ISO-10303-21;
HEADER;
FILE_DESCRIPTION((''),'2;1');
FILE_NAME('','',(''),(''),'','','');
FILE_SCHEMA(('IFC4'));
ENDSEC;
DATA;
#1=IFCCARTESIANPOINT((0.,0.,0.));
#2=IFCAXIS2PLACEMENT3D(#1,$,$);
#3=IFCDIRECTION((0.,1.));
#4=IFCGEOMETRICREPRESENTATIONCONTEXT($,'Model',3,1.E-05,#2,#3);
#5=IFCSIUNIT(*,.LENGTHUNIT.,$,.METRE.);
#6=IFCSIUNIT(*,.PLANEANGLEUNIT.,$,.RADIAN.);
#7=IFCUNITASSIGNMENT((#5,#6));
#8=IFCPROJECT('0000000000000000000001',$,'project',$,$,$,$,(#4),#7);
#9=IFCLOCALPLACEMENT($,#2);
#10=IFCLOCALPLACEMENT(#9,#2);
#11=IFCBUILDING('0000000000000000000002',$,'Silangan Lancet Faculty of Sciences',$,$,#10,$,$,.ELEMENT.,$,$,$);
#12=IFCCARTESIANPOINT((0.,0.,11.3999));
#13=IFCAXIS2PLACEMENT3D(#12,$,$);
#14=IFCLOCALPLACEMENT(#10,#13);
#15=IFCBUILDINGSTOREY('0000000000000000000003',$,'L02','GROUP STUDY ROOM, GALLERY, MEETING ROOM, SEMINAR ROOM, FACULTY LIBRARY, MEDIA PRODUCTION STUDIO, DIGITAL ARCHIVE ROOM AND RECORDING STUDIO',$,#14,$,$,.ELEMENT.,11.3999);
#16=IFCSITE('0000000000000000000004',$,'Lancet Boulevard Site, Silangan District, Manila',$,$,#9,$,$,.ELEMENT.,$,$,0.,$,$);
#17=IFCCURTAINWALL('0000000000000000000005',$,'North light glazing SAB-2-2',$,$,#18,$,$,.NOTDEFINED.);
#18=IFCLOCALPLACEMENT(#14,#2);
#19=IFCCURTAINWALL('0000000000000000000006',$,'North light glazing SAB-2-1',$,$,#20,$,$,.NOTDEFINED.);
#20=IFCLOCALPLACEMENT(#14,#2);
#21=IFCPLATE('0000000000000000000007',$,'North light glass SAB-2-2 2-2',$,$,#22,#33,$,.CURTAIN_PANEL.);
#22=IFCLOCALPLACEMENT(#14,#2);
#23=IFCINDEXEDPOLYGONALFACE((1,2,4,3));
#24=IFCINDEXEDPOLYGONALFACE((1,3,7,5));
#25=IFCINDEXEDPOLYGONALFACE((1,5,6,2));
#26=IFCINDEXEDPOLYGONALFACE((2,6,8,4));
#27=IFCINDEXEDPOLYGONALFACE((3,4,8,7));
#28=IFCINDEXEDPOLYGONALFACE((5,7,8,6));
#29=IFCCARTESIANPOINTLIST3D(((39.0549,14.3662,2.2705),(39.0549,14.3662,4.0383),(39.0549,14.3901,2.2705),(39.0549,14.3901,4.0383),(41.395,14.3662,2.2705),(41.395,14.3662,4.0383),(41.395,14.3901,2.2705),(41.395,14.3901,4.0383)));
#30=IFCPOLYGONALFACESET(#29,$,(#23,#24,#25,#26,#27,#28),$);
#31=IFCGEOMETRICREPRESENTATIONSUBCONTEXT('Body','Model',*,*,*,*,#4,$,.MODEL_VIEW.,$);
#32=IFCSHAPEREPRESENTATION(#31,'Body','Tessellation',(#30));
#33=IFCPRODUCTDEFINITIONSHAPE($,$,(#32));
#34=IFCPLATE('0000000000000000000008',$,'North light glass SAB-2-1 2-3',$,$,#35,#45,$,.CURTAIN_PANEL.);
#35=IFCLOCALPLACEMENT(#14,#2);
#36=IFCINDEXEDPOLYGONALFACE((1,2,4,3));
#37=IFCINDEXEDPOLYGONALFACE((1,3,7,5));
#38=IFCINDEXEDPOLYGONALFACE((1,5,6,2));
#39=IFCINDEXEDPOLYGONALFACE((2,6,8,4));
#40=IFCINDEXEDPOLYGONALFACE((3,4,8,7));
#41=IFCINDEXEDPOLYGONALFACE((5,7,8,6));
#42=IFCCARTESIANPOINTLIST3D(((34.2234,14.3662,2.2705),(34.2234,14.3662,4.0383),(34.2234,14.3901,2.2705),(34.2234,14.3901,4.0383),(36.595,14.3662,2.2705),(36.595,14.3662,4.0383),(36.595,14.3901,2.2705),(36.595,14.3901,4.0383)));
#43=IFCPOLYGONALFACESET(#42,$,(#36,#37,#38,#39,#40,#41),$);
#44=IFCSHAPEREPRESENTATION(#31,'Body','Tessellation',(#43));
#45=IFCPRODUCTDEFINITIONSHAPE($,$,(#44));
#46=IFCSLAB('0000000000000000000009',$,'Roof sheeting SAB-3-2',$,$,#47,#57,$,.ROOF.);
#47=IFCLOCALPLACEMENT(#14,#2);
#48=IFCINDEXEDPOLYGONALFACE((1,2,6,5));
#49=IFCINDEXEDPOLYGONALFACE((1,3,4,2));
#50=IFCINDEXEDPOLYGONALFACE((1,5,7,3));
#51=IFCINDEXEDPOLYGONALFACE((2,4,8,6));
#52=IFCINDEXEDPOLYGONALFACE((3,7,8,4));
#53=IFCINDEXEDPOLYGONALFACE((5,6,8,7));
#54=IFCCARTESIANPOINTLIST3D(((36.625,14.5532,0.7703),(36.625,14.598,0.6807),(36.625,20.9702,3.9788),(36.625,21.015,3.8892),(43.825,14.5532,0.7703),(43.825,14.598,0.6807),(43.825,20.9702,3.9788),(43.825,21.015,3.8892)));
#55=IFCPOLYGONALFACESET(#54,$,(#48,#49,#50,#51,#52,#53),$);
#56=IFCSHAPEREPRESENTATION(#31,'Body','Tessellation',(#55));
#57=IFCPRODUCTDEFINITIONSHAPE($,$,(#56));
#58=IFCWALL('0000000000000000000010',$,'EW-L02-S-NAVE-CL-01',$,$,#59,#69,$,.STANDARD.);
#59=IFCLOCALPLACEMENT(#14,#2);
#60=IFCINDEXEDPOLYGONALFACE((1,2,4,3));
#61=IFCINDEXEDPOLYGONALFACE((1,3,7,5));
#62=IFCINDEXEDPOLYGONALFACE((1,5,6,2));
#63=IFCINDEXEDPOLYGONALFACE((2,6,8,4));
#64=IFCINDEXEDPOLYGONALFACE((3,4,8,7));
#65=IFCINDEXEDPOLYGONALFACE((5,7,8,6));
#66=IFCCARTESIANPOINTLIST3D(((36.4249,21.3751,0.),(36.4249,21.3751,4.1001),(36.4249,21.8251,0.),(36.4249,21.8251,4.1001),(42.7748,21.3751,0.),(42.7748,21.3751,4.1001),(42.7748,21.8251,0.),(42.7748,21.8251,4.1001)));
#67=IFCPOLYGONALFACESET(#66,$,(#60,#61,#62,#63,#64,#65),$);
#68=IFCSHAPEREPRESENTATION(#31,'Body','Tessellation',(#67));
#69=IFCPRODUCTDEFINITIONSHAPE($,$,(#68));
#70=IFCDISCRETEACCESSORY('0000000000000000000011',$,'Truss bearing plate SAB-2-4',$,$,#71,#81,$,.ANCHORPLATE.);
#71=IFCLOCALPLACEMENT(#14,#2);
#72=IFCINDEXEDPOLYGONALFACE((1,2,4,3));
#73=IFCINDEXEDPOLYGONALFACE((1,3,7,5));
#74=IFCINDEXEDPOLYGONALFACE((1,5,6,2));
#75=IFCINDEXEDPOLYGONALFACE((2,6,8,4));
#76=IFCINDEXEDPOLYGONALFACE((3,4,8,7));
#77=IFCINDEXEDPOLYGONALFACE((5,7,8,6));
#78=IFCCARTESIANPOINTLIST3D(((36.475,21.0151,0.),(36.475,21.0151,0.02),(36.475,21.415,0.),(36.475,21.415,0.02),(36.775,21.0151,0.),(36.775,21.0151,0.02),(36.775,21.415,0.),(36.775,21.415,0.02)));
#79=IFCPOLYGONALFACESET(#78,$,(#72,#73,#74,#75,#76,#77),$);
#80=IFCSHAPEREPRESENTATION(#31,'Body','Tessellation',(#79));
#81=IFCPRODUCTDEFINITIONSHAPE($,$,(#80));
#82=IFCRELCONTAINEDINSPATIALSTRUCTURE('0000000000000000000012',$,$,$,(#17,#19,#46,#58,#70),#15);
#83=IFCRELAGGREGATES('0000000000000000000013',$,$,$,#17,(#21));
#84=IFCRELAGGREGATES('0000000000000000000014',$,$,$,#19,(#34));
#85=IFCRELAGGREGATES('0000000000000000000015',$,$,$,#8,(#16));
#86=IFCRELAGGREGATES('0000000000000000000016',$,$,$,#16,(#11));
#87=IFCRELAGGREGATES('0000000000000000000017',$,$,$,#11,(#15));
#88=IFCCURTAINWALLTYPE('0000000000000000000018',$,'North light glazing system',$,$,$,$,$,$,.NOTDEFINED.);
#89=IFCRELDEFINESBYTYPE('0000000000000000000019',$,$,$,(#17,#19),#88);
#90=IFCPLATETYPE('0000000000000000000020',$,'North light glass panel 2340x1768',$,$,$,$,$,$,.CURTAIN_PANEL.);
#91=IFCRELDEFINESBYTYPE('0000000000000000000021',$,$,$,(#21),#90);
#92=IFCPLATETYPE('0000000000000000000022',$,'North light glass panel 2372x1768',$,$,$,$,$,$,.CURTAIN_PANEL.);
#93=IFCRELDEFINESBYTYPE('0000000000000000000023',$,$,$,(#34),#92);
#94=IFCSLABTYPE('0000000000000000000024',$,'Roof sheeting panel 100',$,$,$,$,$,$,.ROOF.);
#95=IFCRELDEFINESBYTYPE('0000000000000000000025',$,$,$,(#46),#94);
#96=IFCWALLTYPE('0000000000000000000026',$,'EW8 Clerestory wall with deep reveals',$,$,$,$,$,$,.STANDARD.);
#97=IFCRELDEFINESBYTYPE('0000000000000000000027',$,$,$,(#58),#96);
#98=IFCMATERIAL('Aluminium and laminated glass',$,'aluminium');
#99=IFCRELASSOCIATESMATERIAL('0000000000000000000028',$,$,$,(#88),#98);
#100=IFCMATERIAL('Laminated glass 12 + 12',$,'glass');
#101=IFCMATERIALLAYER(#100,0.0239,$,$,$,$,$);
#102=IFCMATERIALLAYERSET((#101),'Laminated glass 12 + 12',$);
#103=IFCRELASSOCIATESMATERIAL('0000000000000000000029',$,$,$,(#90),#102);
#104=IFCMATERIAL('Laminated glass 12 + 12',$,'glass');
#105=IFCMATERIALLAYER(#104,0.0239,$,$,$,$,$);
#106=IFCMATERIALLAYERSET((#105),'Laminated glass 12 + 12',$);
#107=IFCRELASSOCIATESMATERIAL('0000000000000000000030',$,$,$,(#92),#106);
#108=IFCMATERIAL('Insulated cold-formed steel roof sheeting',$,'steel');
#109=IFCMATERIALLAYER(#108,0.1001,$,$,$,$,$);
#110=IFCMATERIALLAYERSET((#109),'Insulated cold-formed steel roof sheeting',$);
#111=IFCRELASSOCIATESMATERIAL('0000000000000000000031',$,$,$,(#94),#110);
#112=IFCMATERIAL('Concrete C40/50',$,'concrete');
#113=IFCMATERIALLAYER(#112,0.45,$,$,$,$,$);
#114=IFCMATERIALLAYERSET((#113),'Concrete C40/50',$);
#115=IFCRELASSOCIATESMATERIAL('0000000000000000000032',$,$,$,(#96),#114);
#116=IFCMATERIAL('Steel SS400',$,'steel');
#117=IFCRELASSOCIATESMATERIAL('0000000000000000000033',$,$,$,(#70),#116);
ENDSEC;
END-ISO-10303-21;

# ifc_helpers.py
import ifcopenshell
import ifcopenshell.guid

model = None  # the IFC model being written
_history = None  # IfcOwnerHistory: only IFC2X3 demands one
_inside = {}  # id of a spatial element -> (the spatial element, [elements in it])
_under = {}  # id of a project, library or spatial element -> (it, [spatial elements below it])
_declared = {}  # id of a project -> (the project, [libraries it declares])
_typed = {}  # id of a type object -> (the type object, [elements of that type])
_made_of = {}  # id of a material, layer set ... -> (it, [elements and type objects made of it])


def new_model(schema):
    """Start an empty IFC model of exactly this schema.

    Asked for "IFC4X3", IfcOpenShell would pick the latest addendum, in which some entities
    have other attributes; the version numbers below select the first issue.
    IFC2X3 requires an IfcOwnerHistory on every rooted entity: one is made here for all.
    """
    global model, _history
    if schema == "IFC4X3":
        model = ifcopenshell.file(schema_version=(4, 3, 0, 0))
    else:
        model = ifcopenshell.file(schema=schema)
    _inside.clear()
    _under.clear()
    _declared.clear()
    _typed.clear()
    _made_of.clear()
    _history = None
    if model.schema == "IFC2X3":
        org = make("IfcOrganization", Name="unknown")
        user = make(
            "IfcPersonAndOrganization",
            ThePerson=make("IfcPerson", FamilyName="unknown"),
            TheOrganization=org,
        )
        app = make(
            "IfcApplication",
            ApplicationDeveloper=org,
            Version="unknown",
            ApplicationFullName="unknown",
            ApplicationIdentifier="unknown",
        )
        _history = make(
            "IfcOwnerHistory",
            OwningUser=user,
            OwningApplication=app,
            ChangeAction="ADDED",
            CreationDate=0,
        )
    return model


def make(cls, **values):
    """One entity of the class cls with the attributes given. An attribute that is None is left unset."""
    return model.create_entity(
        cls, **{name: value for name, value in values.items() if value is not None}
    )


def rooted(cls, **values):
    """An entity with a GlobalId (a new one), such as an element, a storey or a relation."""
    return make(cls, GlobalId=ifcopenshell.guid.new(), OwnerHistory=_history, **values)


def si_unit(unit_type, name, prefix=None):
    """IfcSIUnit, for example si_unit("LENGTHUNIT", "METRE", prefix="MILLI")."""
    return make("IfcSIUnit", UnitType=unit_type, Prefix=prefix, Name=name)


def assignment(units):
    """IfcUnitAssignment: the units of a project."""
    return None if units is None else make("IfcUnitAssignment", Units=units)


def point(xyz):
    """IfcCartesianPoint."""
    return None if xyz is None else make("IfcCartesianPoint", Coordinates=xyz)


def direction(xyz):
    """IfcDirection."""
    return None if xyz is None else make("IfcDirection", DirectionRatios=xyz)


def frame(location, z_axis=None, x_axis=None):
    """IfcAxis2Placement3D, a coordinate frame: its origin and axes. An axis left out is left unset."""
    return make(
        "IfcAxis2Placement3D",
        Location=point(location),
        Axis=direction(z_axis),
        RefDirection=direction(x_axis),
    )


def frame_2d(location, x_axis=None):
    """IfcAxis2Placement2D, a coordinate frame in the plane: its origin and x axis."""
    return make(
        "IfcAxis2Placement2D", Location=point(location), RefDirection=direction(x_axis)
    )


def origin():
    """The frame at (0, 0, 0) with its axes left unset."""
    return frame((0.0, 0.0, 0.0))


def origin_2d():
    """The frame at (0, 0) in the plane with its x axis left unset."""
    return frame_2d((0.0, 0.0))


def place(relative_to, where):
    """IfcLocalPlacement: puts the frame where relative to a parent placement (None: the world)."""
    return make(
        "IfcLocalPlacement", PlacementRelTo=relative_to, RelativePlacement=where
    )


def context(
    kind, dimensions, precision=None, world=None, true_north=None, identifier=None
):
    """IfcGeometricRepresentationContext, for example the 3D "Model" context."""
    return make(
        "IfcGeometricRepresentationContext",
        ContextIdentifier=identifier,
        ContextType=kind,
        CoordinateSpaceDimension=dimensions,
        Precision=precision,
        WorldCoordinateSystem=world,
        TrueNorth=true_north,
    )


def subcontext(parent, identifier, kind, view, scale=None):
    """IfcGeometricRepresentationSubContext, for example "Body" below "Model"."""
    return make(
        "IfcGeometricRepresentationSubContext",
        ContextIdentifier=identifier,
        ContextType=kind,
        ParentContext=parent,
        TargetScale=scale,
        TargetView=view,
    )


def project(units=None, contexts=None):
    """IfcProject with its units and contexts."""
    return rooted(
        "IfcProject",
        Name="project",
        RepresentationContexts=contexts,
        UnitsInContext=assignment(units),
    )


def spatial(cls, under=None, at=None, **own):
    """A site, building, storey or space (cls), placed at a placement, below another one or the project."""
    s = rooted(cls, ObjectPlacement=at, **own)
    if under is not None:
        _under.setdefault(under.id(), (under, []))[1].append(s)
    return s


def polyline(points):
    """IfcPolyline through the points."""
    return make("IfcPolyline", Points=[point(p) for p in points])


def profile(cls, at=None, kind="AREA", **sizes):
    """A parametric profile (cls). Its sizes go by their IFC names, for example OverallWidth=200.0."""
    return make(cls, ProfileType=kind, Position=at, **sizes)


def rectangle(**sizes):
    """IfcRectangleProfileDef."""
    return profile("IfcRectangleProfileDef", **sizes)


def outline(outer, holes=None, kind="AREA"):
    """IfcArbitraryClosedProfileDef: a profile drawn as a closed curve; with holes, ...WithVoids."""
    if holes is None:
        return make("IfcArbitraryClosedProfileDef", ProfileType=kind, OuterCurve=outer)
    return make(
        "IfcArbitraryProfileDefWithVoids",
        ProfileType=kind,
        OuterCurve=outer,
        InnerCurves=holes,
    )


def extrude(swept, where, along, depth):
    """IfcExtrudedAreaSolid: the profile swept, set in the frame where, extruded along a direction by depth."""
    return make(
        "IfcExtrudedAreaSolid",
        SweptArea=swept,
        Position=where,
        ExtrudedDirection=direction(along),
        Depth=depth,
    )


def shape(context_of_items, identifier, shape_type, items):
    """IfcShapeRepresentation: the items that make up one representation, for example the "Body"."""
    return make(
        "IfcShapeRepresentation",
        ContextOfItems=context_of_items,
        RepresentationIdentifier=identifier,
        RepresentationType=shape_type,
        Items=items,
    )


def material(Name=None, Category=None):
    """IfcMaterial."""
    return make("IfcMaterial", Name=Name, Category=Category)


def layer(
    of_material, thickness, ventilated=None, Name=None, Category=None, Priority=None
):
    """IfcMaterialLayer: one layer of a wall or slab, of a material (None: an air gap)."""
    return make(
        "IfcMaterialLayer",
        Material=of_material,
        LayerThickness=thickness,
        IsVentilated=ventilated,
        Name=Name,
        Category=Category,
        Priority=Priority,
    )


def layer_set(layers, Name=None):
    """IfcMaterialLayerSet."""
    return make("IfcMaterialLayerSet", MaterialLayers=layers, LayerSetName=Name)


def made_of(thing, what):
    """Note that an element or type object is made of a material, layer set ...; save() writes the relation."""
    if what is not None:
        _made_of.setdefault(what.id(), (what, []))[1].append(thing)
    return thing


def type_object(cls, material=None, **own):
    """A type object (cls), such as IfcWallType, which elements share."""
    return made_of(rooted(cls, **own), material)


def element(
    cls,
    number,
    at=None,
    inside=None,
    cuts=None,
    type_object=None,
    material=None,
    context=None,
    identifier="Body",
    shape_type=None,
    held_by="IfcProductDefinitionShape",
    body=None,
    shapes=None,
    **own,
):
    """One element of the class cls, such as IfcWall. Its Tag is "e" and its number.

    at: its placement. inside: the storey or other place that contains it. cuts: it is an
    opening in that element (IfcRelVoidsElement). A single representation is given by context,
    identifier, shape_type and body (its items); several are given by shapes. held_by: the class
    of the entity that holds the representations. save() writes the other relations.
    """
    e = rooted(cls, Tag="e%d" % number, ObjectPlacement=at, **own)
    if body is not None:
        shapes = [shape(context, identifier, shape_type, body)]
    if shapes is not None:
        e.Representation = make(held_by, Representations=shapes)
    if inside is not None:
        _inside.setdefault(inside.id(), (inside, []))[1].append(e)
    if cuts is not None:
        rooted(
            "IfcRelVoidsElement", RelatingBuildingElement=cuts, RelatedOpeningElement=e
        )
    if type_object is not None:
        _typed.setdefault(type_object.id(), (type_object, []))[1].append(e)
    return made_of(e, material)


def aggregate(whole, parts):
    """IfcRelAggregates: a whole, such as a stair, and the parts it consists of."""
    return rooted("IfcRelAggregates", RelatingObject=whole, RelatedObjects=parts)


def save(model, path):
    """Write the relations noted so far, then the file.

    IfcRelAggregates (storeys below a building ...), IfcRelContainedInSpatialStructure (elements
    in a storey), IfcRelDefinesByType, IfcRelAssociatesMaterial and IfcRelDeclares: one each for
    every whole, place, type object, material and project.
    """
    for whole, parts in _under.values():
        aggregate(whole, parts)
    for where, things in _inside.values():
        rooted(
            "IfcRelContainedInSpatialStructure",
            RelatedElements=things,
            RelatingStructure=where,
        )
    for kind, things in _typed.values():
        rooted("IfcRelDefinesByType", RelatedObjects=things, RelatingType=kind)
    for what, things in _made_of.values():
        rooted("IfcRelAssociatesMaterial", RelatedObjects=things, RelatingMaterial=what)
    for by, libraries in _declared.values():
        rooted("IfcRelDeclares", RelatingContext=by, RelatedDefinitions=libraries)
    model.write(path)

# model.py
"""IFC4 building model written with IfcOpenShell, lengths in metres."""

from ifc_helpers import new_model, si_unit, direction, frame, frame_2d, origin, origin_2d, place, context, subcontext, project, spatial, polyline, rectangle, outline, extrude, material, layer, layer_set, type_object, element, aggregate, save


model = new_model("IFC4")

# Units and contexts
model_context = context("Model", 3, precision=1e-05, world=origin(), true_north=direction((0.0, 1.0)))
body_context = subcontext(model_context, "Body", "Model", "MODEL_VIEW")
ifc_project = project(units=[si_unit("LENGTHUNIT", "METRE"), si_unit("PLANEANGLEUNIT", "RADIAN")], contexts=[model_context])

# Site, building, storey
site_placement = place(None, origin())
site = spatial("IfcSite", under=ifc_project, at=site_placement, Name="Lancet Boulevard Site, Silangan District, Manila", CompositionType="ELEMENT", RefElevation=0.0)
building_placement = place(site_placement, origin())
building = spatial("IfcBuilding", under=site, at=building_placement, Name="Silangan Lancet Faculty of Sciences", CompositionType="ELEMENT")
storey_placement = place(building_placement, frame((0.0, 0.0, 11.3999)))
storey = spatial("IfcBuildingStorey", under=building, at=storey_placement, Name="L02", Description="GROUP STUDY ROOM, GALLERY, MEETING ROOM, SEMINAR ROOM, FACULTY LIBRARY, MEDIA PRODUCTION STUDIO, DIGITAL ARCHIVE ROOM AND RECORDING STUDIO", CompositionType="ELEMENT", Elevation=11.3999)

# Curtain wall
ifc_material_1 = material(Name="Aluminium and laminated glass", Category="aluminium")
curtain_wall_type = type_object("IfcCurtainWallType", Name="North light glazing system", PredefinedType="NOTDEFINED", material=ifc_material_1)
curtain_wall_1_placement = place(storey_placement, origin())
curtain_wall_1 = element("IfcCurtainWall", 1, at=curtain_wall_1_placement, inside=storey, type_object=curtain_wall_type, Name="North light glazing SAB-2-2", PredefinedType="NOTDEFINED")

# Curtain wall
curtain_wall_2_placement = place(storey_placement, origin())
curtain_wall_2 = element("IfcCurtainWall", 2, at=curtain_wall_2_placement, inside=storey, type_object=curtain_wall_type, Name="North light glazing SAB-2-1", PredefinedType="NOTDEFINED")

# Plates
ifc_material_2 = material(Name="Laminated glass 12 + 12", Category="glass")
ifc_layer_1 = layer(ifc_material_2, 0.0239)
ifc_layer_set_1 = layer_set([ifc_layer_1], Name="Laminated glass 12 + 12")
plate_type_1 = type_object("IfcPlateType", Name="North light glass panel 2340x1768", PredefinedType="CURTAIN_PANEL", material=ifc_layer_set_1)
plate_1_placement = place(storey_placement, frame((39.0549, 14.3662, 2.2705), z_axis=(0.0, -1.0, 0.0), x_axis=(1.0, 0.0, 0.0)))
plate_1 = element("IfcPlate", 3, at=plate_1_placement, type_object=plate_type_1, Name="North light glass SAB-2-2 2-2", PredefinedType="CURTAIN_PANEL", context=body_context, shape_type="SweptSolid", body=[
    extrude(outline(polyline([(0.0, 0.0), (2.3401, 0.0), (2.3401, 1.7678), (0.0, 1.7678), (0.0, 0.0)])), origin(), (0.0, 0.0, -1.0), 0.0239),
])
aggregate(curtain_wall_1, [plate_1])
ifc_material_3 = material(Name="Laminated glass 12 + 12", Category="glass")
ifc_layer_2 = layer(ifc_material_3, 0.0239)
ifc_layer_set_2 = layer_set([ifc_layer_2], Name="Laminated glass 12 + 12")
plate_type_2 = type_object("IfcPlateType", Name="North light glass panel 2372x1768", PredefinedType="CURTAIN_PANEL", material=ifc_layer_set_2)
plate_2_placement = place(storey_placement, frame((34.2234, 14.3662, 2.2705), z_axis=(0.0, -1.0, 0.0), x_axis=(1.0, 0.0, 0.0)))
plate_2 = element("IfcPlate", 4, at=plate_2_placement, type_object=plate_type_2, Name="North light glass SAB-2-1 2-3", PredefinedType="CURTAIN_PANEL", context=body_context, shape_type="SweptSolid", body=[
    extrude(outline(polyline([(0.0, 0.0), (2.3716, 0.0), (2.3716, 1.7678), (0.0, 1.7678), (0.0, 0.0)])), origin(), (0.0, 0.0, -1.0), 0.0239),
])
aggregate(curtain_wall_2, [plate_2])

# Slab
ifc_material_4 = material(Name="Insulated cold-formed steel roof sheeting", Category="steel")
ifc_layer_3 = layer(ifc_material_4, 0.1001)
ifc_layer_set_3 = layer_set([ifc_layer_3], Name="Insulated cold-formed steel roof sheeting")
slab_type = type_object("IfcSlabType", Name="Roof sheeting panel 100", PredefinedType="ROOF", material=ifc_layer_set_3)
slab_placement = place(storey_placement, frame((36.625, 14.5532, 0.7703), z_axis=(0.0, -0.447214, 0.894427), x_axis=(1.0, 0.0, 0.0)))
element("IfcSlab", 5, at=slab_placement, inside=storey, type_object=slab_type, Name="Roof sheeting SAB-3-2", PredefinedType="ROOF", context=body_context, shape_type="SweptSolid", body=[
    extrude(outline(polyline([(0.0, 0.0), (7.2, 0.0), (7.2, 7.1744), (0.0, 7.1744), (0.0, 0.0)])), origin(), (0.0, 0.0, -1.0), 0.1001),
])

# Wall
ifc_material_5 = material(Name="Concrete C40/50", Category="concrete")
ifc_layer_4 = layer(ifc_material_5, 0.45)
ifc_layer_set_4 = layer_set([ifc_layer_4], Name="Concrete C40/50")
wall_type = type_object("IfcWallType", Name="EW8 Clerestory wall with deep reveals", PredefinedType="STANDARD", material=ifc_layer_set_4)
wall_placement = place(storey_placement, frame((36.425, 21.6001, 0.0), z_axis=(0.0, 0.0, 1.0), x_axis=(1.0, 0.0, 0.0)))
element("IfcWall", 6, at=wall_placement, inside=storey, type_object=wall_type, Name="EW-L02-S-NAVE-CL-01", PredefinedType="STANDARD", context=body_context, shape_type="SweptSolid", body=[
    extrude(rectangle(XDim=6.3499, YDim=0.45, at=frame_2d((3.1748, 0.0))), origin(), (0.0, 0.0, 1.0), 4.1001),
])

# Discrete accessory
ifc_material_6 = material(Name="Steel SS400", Category="steel")
discrete_accessory_placement = place(storey_placement, frame((36.625, 21.2151, 0.0), z_axis=(0.0, 0.0, 1.0), x_axis=(1.0, 0.0, 0.0)))
element("IfcDiscreteAccessory", 7, at=discrete_accessory_placement, inside=storey, material=ifc_material_6, Name="Truss bearing plate SAB-2-4", PredefinedType="ANCHORPLATE", context=body_context, shape_type="SweptSolid", body=[
    extrude(rectangle(XDim=0.3, YDim=0.3999, at=origin_2d()), origin(), (0.0, 0.0, 1.0), 0.02),
])

save(model, "model.ifc")
